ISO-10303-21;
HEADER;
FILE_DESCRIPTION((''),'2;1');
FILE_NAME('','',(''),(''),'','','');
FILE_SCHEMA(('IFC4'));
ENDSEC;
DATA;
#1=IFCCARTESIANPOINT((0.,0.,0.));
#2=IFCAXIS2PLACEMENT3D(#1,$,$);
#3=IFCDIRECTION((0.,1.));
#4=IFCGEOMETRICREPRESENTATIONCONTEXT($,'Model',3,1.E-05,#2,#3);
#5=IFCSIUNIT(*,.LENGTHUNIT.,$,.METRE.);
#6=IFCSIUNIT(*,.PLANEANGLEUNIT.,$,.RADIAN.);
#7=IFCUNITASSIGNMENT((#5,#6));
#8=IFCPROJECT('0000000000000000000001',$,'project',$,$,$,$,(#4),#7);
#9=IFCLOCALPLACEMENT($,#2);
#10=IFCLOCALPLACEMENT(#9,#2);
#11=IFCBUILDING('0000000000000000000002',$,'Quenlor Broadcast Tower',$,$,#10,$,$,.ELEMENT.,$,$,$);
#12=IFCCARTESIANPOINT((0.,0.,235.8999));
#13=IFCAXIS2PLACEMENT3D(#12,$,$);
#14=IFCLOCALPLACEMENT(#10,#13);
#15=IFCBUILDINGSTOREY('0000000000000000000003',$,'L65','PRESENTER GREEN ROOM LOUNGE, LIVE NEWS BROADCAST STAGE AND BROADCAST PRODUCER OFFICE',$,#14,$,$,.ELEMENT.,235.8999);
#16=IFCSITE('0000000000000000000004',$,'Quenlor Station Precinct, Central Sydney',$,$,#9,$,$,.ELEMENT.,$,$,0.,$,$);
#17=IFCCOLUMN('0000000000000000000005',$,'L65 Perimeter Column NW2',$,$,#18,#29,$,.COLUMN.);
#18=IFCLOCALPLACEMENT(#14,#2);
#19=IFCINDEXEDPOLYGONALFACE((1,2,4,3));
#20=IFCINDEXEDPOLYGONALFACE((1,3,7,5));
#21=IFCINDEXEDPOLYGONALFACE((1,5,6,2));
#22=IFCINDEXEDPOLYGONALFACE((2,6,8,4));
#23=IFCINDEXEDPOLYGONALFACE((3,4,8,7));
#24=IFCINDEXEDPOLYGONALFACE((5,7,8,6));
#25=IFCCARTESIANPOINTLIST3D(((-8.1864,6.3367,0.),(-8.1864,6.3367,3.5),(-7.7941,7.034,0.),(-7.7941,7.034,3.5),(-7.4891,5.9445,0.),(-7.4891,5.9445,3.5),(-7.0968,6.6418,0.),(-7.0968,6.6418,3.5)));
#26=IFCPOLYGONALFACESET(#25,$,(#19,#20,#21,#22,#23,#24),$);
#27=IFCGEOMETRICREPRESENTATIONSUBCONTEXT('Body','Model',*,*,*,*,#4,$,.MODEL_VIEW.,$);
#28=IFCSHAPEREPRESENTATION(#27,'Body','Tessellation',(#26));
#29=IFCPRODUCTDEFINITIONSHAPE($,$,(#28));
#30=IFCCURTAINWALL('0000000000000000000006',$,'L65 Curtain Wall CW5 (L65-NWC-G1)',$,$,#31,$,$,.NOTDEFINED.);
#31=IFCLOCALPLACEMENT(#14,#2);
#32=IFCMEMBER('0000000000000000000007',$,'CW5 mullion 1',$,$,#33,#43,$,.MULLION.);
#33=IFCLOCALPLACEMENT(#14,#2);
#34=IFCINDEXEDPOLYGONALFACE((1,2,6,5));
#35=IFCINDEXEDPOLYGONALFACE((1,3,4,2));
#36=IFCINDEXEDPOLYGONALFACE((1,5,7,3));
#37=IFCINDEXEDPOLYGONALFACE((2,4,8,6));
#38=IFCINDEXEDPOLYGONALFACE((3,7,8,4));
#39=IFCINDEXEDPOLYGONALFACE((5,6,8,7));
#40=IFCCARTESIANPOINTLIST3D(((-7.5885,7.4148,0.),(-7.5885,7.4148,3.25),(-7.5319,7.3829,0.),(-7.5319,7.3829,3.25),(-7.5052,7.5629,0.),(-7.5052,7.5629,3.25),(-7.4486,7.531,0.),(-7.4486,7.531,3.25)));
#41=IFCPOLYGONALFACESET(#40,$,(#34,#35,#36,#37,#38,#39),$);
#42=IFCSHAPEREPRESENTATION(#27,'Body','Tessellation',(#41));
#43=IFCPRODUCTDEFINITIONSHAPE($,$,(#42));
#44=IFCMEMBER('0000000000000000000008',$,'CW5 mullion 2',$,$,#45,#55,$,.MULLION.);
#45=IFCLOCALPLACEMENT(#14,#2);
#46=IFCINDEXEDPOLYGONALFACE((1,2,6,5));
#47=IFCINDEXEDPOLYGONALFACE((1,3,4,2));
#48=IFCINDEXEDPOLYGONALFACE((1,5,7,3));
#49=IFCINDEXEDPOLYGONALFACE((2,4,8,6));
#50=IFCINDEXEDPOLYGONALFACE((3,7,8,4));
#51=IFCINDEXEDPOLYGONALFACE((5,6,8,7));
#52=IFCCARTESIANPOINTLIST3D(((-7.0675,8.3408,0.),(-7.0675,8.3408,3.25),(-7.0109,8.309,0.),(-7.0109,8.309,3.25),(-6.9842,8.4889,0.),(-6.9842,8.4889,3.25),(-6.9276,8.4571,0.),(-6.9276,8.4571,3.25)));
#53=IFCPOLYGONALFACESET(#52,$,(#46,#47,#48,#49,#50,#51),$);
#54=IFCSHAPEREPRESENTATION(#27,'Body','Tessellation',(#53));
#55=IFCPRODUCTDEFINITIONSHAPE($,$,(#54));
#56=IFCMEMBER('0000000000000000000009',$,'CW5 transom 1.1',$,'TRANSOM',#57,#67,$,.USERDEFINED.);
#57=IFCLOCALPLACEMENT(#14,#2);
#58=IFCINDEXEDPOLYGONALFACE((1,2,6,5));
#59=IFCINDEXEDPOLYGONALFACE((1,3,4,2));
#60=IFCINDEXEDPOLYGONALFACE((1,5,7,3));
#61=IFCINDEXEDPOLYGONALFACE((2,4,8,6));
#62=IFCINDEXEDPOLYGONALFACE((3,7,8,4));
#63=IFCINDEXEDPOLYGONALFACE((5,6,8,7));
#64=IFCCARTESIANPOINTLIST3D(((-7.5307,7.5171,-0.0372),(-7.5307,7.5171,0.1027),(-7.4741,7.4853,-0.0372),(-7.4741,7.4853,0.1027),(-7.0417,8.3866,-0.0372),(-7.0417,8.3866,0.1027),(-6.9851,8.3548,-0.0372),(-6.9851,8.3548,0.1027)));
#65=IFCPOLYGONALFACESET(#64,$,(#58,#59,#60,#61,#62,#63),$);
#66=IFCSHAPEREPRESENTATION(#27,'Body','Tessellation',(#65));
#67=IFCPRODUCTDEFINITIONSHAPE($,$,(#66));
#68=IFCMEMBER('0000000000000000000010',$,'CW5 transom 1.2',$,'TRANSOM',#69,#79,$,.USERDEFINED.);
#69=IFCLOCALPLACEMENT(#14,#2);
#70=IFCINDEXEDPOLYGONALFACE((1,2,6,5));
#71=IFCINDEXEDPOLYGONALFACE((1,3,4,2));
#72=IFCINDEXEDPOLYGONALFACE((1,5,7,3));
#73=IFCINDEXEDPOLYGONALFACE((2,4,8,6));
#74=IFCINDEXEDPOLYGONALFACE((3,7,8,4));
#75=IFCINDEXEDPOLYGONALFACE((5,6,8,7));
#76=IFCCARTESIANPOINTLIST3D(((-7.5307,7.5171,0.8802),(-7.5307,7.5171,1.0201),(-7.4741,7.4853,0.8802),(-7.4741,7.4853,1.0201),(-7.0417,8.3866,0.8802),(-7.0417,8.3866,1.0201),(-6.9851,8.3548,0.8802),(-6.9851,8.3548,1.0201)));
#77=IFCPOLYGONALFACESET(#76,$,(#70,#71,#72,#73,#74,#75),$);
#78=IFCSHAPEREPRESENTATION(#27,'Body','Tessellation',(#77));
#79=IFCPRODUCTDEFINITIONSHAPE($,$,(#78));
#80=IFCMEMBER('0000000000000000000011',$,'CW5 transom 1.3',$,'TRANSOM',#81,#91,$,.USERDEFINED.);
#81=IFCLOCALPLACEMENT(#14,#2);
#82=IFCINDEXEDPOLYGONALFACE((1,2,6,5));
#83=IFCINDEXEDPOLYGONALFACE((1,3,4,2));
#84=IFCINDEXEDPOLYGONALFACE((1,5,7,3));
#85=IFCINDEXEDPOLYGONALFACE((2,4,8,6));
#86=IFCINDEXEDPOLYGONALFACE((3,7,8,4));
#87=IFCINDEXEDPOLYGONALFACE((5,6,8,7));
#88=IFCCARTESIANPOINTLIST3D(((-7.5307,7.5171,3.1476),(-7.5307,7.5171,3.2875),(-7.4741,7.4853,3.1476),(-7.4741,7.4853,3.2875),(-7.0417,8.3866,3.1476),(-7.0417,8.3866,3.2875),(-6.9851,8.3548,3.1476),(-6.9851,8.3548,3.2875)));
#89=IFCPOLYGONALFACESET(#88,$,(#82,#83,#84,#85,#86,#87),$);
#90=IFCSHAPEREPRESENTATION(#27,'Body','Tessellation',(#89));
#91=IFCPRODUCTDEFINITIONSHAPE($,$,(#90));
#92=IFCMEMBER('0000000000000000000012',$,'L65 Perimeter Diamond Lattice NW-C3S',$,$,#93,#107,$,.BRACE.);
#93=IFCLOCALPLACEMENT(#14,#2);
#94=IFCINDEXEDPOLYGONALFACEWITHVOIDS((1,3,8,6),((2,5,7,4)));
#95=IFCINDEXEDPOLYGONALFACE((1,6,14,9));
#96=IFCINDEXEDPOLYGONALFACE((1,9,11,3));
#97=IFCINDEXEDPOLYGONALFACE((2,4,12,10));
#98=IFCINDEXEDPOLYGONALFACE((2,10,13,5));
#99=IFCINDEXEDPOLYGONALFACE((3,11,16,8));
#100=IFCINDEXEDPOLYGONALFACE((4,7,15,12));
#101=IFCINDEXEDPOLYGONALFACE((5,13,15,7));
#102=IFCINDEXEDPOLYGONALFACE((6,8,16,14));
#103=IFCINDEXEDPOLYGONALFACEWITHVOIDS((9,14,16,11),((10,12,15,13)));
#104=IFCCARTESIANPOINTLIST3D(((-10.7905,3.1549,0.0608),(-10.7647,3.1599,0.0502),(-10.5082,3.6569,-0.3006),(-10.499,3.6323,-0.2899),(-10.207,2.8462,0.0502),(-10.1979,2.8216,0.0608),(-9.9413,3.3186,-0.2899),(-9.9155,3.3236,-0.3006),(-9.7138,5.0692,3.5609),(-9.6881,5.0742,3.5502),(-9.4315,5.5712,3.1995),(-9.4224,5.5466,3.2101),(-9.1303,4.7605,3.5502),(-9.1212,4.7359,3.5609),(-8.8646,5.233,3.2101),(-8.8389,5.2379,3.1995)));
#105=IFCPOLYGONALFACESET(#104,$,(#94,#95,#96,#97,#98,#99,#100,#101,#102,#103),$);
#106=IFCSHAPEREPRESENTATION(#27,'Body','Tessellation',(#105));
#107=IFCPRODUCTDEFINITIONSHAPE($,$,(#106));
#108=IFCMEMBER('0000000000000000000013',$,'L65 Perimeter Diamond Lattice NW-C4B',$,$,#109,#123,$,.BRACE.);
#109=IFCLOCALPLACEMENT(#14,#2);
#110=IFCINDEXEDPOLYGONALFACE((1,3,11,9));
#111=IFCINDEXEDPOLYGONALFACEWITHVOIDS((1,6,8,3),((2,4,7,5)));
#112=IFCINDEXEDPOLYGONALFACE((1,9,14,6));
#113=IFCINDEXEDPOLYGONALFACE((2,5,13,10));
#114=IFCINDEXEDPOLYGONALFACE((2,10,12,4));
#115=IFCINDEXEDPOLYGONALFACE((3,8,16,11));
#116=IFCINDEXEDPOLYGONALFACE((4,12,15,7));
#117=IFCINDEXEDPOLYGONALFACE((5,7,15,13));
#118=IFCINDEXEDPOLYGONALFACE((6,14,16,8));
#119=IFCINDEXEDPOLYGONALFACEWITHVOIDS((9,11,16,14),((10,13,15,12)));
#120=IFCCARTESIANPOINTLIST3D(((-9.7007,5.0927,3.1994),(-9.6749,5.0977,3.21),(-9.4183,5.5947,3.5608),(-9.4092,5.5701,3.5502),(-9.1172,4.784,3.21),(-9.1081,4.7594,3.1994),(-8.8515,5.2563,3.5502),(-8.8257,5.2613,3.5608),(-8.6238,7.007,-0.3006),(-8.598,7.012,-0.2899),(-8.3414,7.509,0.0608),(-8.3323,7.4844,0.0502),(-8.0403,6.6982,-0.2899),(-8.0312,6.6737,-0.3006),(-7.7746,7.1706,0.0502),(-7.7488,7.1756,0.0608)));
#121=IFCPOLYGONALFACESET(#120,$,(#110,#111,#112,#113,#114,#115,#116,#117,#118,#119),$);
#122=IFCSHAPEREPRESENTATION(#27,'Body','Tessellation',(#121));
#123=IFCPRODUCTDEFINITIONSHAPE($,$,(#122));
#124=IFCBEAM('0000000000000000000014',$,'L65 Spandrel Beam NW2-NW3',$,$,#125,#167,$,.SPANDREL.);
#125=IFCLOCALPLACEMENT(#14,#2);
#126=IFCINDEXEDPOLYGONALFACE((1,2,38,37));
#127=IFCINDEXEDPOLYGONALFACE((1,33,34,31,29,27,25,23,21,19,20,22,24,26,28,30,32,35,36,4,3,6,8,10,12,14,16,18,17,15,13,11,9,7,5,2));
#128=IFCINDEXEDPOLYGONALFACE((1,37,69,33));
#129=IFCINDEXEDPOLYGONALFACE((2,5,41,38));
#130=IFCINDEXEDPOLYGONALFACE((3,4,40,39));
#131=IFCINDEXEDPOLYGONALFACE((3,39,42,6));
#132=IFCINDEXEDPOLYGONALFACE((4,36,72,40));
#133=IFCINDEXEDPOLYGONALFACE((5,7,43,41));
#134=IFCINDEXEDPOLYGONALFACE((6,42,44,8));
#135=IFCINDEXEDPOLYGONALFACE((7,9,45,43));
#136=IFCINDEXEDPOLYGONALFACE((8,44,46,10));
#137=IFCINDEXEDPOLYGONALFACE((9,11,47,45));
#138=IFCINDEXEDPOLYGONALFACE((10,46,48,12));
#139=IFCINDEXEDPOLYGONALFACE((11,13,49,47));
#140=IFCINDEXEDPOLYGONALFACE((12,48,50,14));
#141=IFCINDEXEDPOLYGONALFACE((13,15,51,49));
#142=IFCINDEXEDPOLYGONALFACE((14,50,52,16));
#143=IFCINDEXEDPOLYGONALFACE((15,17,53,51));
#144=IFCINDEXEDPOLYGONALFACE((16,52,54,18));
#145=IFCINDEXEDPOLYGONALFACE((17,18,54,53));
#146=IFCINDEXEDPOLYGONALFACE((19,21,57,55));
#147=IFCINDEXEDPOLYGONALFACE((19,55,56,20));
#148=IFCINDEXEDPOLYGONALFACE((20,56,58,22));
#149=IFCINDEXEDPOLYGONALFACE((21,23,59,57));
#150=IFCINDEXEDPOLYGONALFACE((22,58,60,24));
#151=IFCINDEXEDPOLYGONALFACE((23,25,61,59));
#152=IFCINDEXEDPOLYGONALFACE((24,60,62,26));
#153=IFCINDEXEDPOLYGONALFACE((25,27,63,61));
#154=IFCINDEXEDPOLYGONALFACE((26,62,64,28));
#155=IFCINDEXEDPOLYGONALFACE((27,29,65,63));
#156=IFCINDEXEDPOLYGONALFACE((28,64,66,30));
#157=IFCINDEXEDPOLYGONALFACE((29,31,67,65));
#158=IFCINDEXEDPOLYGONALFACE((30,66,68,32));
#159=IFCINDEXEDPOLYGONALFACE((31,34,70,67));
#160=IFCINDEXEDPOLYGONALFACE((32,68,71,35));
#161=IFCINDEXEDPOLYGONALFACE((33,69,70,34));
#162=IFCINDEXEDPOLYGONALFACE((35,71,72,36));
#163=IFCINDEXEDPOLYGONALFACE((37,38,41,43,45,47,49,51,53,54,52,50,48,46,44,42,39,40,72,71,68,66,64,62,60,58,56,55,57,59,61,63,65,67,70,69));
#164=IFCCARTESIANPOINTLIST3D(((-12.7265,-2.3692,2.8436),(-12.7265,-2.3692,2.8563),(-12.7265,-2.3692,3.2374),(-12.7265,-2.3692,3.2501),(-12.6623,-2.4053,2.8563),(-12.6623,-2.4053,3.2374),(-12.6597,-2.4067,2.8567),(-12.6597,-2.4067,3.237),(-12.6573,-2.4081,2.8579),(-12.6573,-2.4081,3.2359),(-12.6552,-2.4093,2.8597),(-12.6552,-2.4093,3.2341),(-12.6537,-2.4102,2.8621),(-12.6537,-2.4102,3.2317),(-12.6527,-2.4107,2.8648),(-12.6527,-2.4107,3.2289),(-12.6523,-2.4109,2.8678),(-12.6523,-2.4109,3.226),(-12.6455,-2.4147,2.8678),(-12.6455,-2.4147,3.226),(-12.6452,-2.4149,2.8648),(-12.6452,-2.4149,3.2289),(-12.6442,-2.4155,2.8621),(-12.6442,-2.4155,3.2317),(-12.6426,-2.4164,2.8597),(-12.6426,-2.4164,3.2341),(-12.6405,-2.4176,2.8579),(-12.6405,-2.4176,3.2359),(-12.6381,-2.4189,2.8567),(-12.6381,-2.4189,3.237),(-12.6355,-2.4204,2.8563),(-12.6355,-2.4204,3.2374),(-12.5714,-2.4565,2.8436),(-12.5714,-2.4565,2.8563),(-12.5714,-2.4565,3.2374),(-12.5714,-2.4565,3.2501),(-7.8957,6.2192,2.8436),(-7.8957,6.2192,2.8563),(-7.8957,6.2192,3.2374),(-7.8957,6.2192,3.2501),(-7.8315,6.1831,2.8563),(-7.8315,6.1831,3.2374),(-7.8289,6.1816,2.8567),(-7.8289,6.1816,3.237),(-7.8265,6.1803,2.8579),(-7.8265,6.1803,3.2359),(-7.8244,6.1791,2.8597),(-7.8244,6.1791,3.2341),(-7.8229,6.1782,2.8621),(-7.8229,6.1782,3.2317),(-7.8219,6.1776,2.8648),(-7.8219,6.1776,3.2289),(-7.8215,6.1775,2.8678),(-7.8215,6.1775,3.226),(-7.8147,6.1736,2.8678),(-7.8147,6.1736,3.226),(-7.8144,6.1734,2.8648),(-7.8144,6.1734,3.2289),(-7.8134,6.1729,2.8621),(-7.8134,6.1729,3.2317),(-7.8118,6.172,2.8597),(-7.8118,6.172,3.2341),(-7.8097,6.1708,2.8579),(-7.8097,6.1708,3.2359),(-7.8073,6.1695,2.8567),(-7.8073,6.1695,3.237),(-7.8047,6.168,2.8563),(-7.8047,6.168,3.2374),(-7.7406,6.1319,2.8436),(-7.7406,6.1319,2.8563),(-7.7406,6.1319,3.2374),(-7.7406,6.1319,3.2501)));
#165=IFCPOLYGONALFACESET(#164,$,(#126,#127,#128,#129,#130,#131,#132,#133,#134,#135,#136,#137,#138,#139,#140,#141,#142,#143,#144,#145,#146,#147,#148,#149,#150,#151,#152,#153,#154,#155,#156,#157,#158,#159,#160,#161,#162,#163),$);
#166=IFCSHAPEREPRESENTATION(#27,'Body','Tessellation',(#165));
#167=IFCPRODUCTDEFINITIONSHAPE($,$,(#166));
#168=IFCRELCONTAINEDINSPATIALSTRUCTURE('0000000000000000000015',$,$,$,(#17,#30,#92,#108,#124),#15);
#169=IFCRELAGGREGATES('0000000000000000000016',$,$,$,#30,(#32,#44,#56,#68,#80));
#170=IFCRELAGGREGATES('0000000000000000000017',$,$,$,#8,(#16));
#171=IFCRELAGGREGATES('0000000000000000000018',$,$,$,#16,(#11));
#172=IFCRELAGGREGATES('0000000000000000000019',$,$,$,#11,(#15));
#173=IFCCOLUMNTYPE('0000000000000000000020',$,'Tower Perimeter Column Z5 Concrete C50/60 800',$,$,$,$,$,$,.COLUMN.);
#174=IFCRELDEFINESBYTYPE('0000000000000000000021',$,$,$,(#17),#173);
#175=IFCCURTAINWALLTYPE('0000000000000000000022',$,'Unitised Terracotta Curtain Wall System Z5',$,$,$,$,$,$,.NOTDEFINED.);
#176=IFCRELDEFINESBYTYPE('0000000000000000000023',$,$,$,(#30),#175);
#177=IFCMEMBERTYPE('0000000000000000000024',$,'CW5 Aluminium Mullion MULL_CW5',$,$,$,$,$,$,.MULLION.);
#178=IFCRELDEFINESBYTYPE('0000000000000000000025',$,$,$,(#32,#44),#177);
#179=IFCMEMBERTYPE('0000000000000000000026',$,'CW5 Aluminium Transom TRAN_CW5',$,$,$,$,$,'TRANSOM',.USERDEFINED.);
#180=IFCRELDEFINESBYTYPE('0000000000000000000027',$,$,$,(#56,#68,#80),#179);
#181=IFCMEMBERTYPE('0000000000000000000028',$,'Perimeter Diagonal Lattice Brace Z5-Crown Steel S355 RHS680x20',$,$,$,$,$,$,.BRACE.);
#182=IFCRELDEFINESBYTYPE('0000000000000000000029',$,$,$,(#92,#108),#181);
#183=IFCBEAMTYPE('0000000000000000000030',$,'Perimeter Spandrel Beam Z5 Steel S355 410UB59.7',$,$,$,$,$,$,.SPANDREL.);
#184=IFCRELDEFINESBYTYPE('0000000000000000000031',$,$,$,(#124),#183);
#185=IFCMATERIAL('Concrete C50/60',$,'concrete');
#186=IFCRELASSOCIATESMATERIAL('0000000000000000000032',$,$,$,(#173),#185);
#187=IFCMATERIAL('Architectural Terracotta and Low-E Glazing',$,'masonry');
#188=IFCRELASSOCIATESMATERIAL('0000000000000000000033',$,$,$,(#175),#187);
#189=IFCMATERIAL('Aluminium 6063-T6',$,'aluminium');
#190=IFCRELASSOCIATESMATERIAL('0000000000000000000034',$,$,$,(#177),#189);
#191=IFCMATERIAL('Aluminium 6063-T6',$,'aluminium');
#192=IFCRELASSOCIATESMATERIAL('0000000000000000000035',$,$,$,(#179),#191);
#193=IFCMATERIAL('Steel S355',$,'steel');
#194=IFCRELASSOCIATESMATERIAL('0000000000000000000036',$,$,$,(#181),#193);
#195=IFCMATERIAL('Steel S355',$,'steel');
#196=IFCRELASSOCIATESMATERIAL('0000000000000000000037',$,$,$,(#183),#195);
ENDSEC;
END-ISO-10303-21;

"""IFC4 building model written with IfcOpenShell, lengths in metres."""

from ifc_helpers import new_model, si_unit, direction, frame, origin, origin_2d, place, context, subcontext, project, spatial, rectangle, hollow_rectangle, i_section, extrude, material, material_profile, profile_set, type_object, element, aggregate, save


model = new_model("IFC4")

# Units and contexts
model_context = context("Model", 3, precision=1e-05, world=origin(), true_north=direction((0.0, 1.0)))
body_context = subcontext(model_context, "Body", "Model", "MODEL_VIEW")
ifc_project = project(units=[si_unit("LENGTHUNIT", "METRE"), si_unit("PLANEANGLEUNIT", "RADIAN")], contexts=[model_context])

# Site, building, storey
site_placement = place(None, origin())
site = spatial("IfcSite", under=ifc_project, at=site_placement, Name="Quenlor Station Precinct, Central Sydney", CompositionType="ELEMENT", RefElevation=0.0)
building_placement = place(site_placement, origin())
building = spatial("IfcBuilding", under=site, at=building_placement, Name="Quenlor Broadcast Tower", CompositionType="ELEMENT")
storey_placement = place(building_placement, frame((0.0, 0.0, 235.8999)))
storey = spatial("IfcBuildingStorey", under=building, at=storey_placement, Name="L65", Description="PRESENTER GREEN ROOM LOUNGE, LIVE NEWS BROADCAST STAGE AND BROADCAST PRODUCER OFFICE", CompositionType="ELEMENT", Elevation=235.8999)

# Column
ifc_material_1 = material(Name="Concrete C50/60", Category="concrete")
ifc_material_profile_1 = material_profile(ifc_material_1, rectangle(XDim=0.8, YDim=0.8, at=origin_2d()))
ifc_profile_set_1 = profile_set([ifc_material_profile_1], Name="Concrete C50/60 RC800x800")
column_type = type_object("IfcColumnType", Name="Tower Perimeter Column Z5 Concrete C50/60 800", PredefinedType="COLUMN", material=ifc_profile_set_1)
column_placement = place(storey_placement, frame((-7.6416, 6.4893, 0.0), z_axis=(0.0, 0.0, 1.0), x_axis=(-0.871575, 0.490262, 0.0)))
element("IfcColumn", 1, at=column_placement, inside=storey, type_object=column_type, Name="L65 Perimeter Column NW2", PredefinedType="COLUMN", context=body_context, shape_type="SweptSolid", body=[
    extrude(rectangle(XDim=0.8, YDim=0.8, at=origin_2d()), origin(), (0.0, 0.0, 1.0), 3.5),
])

# Curtain wall, members
ifc_material_2 = material(Name="Architectural Terracotta and Low-E Glazing", Category="masonry")
curtain_wall_type = type_object("IfcCurtainWallType", Name="Unitised Terracotta Curtain Wall System Z5", PredefinedType="NOTDEFINED", material=ifc_material_2)
curtain_wall_placement = place(storey_placement, origin())
curtain_wall = element("IfcCurtainWall", 2, at=curtain_wall_placement, inside=storey, type_object=curtain_wall_type, Name="L65 Curtain Wall CW5 (L65-NWC-G1)", PredefinedType="NOTDEFINED")
ifc_material_3 = material(Name="Aluminium 6063-T6", Category="aluminium")
ifc_material_profile_2 = material_profile(ifc_material_3, rectangle(XDim=0.0649, YDim=0.1699, at=origin_2d()))
ifc_profile_set_2 = profile_set([ifc_material_profile_2], Name="Aluminium 6063-T6 MULL65x170")
member_type_1 = type_object("IfcMemberType", Name="CW5 Aluminium Mullion MULL_CW5", PredefinedType="MULLION", material=ifc_profile_set_2)
member_1_placement = place(storey_placement, frame((-7.5186, 7.4729, 0.0), z_axis=(0.0, 0.0, 1.0), x_axis=(-0.871564, 0.490282, 0.0)))
member_1 = element("IfcMember", 3, at=member_1_placement, type_object=member_type_1, Name="CW5 mullion 1", PredefinedType="MULLION", context=body_context, shape_type="SweptSolid", body=[
    extrude(rectangle(XDim=0.0649, YDim=0.1699, at=origin_2d()), origin(), (0.0, 0.0, 1.0), 3.25),
])
member_2_placement = place(storey_placement, frame((-6.9976, 8.3989, 0.0), z_axis=(0.0, 0.0, 1.0), x_axis=(-0.871564, 0.490282, 0.0)))
member_2 = element("IfcMember", 4, at=member_2_placement, type_object=member_type_1, Name="CW5 mullion 2", PredefinedType="MULLION", context=body_context, shape_type="SweptSolid", body=[
    extrude(rectangle(XDim=0.0649, YDim=0.1699, at=origin_2d()), origin(), (0.0, 0.0, 1.0), 3.25),
])
ifc_material_4 = material(Name="Aluminium 6063-T6", Category="aluminium")
ifc_material_profile_3 = material_profile(ifc_material_4, rectangle(XDim=0.0649, YDim=0.1399, at=origin_2d()))
ifc_profile_set_3 = profile_set([ifc_material_profile_3], Name="Aluminium 6063-T6 TRAN65x140")
member_type_2 = type_object("IfcMemberType", Name="CW5 Aluminium Transom TRAN_CW5", ElementType="TRANSOM", PredefinedType="USERDEFINED", material=ifc_profile_set_3)
member_3_placement = place(storey_placement, frame((-7.5024, 7.5012, 0.0327), z_axis=(0.49025, 0.871582, 0.0), x_axis=(-0.871582, 0.49025, 0.0)))
member_3 = element("IfcMember", 5, at=member_3_placement, type_object=member_type_2, Name="CW5 transom 1.1", ObjectType="TRANSOM", PredefinedType="USERDEFINED", context=body_context, shape_type="SweptSolid", body=[
    extrude(rectangle(XDim=0.0649, YDim=0.1399, at=origin_2d()), origin(), (0.0, 0.0, 1.0), 0.9976),
])
member_4_placement = place(storey_placement, frame((-7.5024, 7.5012, 0.9502), z_axis=(0.49025, 0.871582, 0.0), x_axis=(-0.871582, 0.49025, 0.0)))
member_4 = element("IfcMember", 6, at=member_4_placement, type_object=member_type_2, Name="CW5 transom 1.2", ObjectType="TRANSOM", PredefinedType="USERDEFINED", context=body_context, shape_type="SweptSolid", body=[
    extrude(rectangle(XDim=0.0649, YDim=0.1399, at=origin_2d()), origin(), (0.0, 0.0, 1.0), 0.9976),
])
member_5_placement = place(storey_placement, frame((-7.5024, 7.5012, 3.2175), z_axis=(0.49025, 0.871582, 0.0), x_axis=(-0.871582, 0.49025, 0.0)))
member_5 = element("IfcMember", 7, at=member_5_placement, type_object=member_type_2, Name="CW5 transom 1.3", ObjectType="TRANSOM", PredefinedType="USERDEFINED", context=body_context, shape_type="SweptSolid", body=[
    extrude(rectangle(XDim=0.0649, YDim=0.1399, at=origin_2d()), origin(), (0.0, 0.0, 1.0), 0.9976),
])

# Members
ifc_material_5 = material(Name="Steel S355", Category="steel")
ifc_material_profile_4 = material_profile(ifc_material_5, hollow_rectangle(XDim=0.6799, YDim=0.6799, WallThickness=0.02, at=origin_2d()))
ifc_profile_set_4 = profile_set([ifc_material_profile_4], Name="Steel S355 RHS680x680x20")
member_type_3 = type_object("IfcMemberType", Name="Perimeter Diagonal Lattice Brace Z5-Crown Steel S355 RHS680x20", PredefinedType="BRACE", material=ifc_profile_set_4)
for number, where, z_axis, x_axis, name in (
    (8, (-10.353, 3.2393, -0.1199), (0.260564, 0.463283, 0.847039), (-0.871602, 0.490214, 0.0), "L65 Perimeter Diamond Lattice NW-C3S"),
    (9, (-8.1863, 7.0913, -0.1199), (-0.260619, -0.463276, 0.847026), (0.871555, -0.490298, 0.0), "L65 Perimeter Diamond Lattice NW-C4B"),
):
    element("IfcMember", number, at=place(storey_placement, frame(where, z_axis=z_axis, x_axis=x_axis)), inside=storey, type_object=member_type_3, Name=name, PredefinedType="BRACE", context=body_context, shape_type="SweptSolid", body=[
        extrude(hollow_rectangle(XDim=0.6799, YDim=0.6799, WallThickness=0.02, at=origin_2d()), origin(), (0.0, 0.0, 1.0), 4.1321),
    ])

# Beam
ifc_material_6 = material(Name="Steel S355", Category="steel")
ifc_material_profile_5 = material_profile(ifc_material_6, i_section(OverallWidth=0.178, OverallDepth=0.4065, WebThickness=0.0078, FlangeThickness=0.0127, FilletRadius=0.0115, at=origin_2d()))
ifc_profile_set_5 = profile_set([ifc_material_profile_5], Name="Steel S355 410UB59.7")
beam_type_1 = type_object("IfcBeamType", Name="Perimeter Spandrel Beam Z5 Steel S355 410UB59.7", PredefinedType="SPANDREL", material=ifc_profile_set_5)
beam_1_placement = place(storey_placement, frame((-7.8181, 6.1755, 3.0469), z_axis=(-0.490249, -0.871582, 0.0), x_axis=(0.871582, -0.490249, 0.0)))
element("IfcBeam", 10, at=beam_1_placement, inside=storey, type_object=beam_type_1, Name="L65 Spandrel Beam NW2-NW3", PredefinedType="SPANDREL", context=body_context, shape_type="SweptSolid", body=[
    extrude(i_section(OverallWidth=0.178, OverallDepth=0.4065, WebThickness=0.0078, FlangeThickness=0.0127, FilletRadius=0.0115, at=origin_2d()), origin(), (0.0, 0.0, 1.0), 9.8538),
])

aggregate(curtain_wall, [member_1, member_2, member_3, member_4, member_5])

save(model, "model.ifc")
